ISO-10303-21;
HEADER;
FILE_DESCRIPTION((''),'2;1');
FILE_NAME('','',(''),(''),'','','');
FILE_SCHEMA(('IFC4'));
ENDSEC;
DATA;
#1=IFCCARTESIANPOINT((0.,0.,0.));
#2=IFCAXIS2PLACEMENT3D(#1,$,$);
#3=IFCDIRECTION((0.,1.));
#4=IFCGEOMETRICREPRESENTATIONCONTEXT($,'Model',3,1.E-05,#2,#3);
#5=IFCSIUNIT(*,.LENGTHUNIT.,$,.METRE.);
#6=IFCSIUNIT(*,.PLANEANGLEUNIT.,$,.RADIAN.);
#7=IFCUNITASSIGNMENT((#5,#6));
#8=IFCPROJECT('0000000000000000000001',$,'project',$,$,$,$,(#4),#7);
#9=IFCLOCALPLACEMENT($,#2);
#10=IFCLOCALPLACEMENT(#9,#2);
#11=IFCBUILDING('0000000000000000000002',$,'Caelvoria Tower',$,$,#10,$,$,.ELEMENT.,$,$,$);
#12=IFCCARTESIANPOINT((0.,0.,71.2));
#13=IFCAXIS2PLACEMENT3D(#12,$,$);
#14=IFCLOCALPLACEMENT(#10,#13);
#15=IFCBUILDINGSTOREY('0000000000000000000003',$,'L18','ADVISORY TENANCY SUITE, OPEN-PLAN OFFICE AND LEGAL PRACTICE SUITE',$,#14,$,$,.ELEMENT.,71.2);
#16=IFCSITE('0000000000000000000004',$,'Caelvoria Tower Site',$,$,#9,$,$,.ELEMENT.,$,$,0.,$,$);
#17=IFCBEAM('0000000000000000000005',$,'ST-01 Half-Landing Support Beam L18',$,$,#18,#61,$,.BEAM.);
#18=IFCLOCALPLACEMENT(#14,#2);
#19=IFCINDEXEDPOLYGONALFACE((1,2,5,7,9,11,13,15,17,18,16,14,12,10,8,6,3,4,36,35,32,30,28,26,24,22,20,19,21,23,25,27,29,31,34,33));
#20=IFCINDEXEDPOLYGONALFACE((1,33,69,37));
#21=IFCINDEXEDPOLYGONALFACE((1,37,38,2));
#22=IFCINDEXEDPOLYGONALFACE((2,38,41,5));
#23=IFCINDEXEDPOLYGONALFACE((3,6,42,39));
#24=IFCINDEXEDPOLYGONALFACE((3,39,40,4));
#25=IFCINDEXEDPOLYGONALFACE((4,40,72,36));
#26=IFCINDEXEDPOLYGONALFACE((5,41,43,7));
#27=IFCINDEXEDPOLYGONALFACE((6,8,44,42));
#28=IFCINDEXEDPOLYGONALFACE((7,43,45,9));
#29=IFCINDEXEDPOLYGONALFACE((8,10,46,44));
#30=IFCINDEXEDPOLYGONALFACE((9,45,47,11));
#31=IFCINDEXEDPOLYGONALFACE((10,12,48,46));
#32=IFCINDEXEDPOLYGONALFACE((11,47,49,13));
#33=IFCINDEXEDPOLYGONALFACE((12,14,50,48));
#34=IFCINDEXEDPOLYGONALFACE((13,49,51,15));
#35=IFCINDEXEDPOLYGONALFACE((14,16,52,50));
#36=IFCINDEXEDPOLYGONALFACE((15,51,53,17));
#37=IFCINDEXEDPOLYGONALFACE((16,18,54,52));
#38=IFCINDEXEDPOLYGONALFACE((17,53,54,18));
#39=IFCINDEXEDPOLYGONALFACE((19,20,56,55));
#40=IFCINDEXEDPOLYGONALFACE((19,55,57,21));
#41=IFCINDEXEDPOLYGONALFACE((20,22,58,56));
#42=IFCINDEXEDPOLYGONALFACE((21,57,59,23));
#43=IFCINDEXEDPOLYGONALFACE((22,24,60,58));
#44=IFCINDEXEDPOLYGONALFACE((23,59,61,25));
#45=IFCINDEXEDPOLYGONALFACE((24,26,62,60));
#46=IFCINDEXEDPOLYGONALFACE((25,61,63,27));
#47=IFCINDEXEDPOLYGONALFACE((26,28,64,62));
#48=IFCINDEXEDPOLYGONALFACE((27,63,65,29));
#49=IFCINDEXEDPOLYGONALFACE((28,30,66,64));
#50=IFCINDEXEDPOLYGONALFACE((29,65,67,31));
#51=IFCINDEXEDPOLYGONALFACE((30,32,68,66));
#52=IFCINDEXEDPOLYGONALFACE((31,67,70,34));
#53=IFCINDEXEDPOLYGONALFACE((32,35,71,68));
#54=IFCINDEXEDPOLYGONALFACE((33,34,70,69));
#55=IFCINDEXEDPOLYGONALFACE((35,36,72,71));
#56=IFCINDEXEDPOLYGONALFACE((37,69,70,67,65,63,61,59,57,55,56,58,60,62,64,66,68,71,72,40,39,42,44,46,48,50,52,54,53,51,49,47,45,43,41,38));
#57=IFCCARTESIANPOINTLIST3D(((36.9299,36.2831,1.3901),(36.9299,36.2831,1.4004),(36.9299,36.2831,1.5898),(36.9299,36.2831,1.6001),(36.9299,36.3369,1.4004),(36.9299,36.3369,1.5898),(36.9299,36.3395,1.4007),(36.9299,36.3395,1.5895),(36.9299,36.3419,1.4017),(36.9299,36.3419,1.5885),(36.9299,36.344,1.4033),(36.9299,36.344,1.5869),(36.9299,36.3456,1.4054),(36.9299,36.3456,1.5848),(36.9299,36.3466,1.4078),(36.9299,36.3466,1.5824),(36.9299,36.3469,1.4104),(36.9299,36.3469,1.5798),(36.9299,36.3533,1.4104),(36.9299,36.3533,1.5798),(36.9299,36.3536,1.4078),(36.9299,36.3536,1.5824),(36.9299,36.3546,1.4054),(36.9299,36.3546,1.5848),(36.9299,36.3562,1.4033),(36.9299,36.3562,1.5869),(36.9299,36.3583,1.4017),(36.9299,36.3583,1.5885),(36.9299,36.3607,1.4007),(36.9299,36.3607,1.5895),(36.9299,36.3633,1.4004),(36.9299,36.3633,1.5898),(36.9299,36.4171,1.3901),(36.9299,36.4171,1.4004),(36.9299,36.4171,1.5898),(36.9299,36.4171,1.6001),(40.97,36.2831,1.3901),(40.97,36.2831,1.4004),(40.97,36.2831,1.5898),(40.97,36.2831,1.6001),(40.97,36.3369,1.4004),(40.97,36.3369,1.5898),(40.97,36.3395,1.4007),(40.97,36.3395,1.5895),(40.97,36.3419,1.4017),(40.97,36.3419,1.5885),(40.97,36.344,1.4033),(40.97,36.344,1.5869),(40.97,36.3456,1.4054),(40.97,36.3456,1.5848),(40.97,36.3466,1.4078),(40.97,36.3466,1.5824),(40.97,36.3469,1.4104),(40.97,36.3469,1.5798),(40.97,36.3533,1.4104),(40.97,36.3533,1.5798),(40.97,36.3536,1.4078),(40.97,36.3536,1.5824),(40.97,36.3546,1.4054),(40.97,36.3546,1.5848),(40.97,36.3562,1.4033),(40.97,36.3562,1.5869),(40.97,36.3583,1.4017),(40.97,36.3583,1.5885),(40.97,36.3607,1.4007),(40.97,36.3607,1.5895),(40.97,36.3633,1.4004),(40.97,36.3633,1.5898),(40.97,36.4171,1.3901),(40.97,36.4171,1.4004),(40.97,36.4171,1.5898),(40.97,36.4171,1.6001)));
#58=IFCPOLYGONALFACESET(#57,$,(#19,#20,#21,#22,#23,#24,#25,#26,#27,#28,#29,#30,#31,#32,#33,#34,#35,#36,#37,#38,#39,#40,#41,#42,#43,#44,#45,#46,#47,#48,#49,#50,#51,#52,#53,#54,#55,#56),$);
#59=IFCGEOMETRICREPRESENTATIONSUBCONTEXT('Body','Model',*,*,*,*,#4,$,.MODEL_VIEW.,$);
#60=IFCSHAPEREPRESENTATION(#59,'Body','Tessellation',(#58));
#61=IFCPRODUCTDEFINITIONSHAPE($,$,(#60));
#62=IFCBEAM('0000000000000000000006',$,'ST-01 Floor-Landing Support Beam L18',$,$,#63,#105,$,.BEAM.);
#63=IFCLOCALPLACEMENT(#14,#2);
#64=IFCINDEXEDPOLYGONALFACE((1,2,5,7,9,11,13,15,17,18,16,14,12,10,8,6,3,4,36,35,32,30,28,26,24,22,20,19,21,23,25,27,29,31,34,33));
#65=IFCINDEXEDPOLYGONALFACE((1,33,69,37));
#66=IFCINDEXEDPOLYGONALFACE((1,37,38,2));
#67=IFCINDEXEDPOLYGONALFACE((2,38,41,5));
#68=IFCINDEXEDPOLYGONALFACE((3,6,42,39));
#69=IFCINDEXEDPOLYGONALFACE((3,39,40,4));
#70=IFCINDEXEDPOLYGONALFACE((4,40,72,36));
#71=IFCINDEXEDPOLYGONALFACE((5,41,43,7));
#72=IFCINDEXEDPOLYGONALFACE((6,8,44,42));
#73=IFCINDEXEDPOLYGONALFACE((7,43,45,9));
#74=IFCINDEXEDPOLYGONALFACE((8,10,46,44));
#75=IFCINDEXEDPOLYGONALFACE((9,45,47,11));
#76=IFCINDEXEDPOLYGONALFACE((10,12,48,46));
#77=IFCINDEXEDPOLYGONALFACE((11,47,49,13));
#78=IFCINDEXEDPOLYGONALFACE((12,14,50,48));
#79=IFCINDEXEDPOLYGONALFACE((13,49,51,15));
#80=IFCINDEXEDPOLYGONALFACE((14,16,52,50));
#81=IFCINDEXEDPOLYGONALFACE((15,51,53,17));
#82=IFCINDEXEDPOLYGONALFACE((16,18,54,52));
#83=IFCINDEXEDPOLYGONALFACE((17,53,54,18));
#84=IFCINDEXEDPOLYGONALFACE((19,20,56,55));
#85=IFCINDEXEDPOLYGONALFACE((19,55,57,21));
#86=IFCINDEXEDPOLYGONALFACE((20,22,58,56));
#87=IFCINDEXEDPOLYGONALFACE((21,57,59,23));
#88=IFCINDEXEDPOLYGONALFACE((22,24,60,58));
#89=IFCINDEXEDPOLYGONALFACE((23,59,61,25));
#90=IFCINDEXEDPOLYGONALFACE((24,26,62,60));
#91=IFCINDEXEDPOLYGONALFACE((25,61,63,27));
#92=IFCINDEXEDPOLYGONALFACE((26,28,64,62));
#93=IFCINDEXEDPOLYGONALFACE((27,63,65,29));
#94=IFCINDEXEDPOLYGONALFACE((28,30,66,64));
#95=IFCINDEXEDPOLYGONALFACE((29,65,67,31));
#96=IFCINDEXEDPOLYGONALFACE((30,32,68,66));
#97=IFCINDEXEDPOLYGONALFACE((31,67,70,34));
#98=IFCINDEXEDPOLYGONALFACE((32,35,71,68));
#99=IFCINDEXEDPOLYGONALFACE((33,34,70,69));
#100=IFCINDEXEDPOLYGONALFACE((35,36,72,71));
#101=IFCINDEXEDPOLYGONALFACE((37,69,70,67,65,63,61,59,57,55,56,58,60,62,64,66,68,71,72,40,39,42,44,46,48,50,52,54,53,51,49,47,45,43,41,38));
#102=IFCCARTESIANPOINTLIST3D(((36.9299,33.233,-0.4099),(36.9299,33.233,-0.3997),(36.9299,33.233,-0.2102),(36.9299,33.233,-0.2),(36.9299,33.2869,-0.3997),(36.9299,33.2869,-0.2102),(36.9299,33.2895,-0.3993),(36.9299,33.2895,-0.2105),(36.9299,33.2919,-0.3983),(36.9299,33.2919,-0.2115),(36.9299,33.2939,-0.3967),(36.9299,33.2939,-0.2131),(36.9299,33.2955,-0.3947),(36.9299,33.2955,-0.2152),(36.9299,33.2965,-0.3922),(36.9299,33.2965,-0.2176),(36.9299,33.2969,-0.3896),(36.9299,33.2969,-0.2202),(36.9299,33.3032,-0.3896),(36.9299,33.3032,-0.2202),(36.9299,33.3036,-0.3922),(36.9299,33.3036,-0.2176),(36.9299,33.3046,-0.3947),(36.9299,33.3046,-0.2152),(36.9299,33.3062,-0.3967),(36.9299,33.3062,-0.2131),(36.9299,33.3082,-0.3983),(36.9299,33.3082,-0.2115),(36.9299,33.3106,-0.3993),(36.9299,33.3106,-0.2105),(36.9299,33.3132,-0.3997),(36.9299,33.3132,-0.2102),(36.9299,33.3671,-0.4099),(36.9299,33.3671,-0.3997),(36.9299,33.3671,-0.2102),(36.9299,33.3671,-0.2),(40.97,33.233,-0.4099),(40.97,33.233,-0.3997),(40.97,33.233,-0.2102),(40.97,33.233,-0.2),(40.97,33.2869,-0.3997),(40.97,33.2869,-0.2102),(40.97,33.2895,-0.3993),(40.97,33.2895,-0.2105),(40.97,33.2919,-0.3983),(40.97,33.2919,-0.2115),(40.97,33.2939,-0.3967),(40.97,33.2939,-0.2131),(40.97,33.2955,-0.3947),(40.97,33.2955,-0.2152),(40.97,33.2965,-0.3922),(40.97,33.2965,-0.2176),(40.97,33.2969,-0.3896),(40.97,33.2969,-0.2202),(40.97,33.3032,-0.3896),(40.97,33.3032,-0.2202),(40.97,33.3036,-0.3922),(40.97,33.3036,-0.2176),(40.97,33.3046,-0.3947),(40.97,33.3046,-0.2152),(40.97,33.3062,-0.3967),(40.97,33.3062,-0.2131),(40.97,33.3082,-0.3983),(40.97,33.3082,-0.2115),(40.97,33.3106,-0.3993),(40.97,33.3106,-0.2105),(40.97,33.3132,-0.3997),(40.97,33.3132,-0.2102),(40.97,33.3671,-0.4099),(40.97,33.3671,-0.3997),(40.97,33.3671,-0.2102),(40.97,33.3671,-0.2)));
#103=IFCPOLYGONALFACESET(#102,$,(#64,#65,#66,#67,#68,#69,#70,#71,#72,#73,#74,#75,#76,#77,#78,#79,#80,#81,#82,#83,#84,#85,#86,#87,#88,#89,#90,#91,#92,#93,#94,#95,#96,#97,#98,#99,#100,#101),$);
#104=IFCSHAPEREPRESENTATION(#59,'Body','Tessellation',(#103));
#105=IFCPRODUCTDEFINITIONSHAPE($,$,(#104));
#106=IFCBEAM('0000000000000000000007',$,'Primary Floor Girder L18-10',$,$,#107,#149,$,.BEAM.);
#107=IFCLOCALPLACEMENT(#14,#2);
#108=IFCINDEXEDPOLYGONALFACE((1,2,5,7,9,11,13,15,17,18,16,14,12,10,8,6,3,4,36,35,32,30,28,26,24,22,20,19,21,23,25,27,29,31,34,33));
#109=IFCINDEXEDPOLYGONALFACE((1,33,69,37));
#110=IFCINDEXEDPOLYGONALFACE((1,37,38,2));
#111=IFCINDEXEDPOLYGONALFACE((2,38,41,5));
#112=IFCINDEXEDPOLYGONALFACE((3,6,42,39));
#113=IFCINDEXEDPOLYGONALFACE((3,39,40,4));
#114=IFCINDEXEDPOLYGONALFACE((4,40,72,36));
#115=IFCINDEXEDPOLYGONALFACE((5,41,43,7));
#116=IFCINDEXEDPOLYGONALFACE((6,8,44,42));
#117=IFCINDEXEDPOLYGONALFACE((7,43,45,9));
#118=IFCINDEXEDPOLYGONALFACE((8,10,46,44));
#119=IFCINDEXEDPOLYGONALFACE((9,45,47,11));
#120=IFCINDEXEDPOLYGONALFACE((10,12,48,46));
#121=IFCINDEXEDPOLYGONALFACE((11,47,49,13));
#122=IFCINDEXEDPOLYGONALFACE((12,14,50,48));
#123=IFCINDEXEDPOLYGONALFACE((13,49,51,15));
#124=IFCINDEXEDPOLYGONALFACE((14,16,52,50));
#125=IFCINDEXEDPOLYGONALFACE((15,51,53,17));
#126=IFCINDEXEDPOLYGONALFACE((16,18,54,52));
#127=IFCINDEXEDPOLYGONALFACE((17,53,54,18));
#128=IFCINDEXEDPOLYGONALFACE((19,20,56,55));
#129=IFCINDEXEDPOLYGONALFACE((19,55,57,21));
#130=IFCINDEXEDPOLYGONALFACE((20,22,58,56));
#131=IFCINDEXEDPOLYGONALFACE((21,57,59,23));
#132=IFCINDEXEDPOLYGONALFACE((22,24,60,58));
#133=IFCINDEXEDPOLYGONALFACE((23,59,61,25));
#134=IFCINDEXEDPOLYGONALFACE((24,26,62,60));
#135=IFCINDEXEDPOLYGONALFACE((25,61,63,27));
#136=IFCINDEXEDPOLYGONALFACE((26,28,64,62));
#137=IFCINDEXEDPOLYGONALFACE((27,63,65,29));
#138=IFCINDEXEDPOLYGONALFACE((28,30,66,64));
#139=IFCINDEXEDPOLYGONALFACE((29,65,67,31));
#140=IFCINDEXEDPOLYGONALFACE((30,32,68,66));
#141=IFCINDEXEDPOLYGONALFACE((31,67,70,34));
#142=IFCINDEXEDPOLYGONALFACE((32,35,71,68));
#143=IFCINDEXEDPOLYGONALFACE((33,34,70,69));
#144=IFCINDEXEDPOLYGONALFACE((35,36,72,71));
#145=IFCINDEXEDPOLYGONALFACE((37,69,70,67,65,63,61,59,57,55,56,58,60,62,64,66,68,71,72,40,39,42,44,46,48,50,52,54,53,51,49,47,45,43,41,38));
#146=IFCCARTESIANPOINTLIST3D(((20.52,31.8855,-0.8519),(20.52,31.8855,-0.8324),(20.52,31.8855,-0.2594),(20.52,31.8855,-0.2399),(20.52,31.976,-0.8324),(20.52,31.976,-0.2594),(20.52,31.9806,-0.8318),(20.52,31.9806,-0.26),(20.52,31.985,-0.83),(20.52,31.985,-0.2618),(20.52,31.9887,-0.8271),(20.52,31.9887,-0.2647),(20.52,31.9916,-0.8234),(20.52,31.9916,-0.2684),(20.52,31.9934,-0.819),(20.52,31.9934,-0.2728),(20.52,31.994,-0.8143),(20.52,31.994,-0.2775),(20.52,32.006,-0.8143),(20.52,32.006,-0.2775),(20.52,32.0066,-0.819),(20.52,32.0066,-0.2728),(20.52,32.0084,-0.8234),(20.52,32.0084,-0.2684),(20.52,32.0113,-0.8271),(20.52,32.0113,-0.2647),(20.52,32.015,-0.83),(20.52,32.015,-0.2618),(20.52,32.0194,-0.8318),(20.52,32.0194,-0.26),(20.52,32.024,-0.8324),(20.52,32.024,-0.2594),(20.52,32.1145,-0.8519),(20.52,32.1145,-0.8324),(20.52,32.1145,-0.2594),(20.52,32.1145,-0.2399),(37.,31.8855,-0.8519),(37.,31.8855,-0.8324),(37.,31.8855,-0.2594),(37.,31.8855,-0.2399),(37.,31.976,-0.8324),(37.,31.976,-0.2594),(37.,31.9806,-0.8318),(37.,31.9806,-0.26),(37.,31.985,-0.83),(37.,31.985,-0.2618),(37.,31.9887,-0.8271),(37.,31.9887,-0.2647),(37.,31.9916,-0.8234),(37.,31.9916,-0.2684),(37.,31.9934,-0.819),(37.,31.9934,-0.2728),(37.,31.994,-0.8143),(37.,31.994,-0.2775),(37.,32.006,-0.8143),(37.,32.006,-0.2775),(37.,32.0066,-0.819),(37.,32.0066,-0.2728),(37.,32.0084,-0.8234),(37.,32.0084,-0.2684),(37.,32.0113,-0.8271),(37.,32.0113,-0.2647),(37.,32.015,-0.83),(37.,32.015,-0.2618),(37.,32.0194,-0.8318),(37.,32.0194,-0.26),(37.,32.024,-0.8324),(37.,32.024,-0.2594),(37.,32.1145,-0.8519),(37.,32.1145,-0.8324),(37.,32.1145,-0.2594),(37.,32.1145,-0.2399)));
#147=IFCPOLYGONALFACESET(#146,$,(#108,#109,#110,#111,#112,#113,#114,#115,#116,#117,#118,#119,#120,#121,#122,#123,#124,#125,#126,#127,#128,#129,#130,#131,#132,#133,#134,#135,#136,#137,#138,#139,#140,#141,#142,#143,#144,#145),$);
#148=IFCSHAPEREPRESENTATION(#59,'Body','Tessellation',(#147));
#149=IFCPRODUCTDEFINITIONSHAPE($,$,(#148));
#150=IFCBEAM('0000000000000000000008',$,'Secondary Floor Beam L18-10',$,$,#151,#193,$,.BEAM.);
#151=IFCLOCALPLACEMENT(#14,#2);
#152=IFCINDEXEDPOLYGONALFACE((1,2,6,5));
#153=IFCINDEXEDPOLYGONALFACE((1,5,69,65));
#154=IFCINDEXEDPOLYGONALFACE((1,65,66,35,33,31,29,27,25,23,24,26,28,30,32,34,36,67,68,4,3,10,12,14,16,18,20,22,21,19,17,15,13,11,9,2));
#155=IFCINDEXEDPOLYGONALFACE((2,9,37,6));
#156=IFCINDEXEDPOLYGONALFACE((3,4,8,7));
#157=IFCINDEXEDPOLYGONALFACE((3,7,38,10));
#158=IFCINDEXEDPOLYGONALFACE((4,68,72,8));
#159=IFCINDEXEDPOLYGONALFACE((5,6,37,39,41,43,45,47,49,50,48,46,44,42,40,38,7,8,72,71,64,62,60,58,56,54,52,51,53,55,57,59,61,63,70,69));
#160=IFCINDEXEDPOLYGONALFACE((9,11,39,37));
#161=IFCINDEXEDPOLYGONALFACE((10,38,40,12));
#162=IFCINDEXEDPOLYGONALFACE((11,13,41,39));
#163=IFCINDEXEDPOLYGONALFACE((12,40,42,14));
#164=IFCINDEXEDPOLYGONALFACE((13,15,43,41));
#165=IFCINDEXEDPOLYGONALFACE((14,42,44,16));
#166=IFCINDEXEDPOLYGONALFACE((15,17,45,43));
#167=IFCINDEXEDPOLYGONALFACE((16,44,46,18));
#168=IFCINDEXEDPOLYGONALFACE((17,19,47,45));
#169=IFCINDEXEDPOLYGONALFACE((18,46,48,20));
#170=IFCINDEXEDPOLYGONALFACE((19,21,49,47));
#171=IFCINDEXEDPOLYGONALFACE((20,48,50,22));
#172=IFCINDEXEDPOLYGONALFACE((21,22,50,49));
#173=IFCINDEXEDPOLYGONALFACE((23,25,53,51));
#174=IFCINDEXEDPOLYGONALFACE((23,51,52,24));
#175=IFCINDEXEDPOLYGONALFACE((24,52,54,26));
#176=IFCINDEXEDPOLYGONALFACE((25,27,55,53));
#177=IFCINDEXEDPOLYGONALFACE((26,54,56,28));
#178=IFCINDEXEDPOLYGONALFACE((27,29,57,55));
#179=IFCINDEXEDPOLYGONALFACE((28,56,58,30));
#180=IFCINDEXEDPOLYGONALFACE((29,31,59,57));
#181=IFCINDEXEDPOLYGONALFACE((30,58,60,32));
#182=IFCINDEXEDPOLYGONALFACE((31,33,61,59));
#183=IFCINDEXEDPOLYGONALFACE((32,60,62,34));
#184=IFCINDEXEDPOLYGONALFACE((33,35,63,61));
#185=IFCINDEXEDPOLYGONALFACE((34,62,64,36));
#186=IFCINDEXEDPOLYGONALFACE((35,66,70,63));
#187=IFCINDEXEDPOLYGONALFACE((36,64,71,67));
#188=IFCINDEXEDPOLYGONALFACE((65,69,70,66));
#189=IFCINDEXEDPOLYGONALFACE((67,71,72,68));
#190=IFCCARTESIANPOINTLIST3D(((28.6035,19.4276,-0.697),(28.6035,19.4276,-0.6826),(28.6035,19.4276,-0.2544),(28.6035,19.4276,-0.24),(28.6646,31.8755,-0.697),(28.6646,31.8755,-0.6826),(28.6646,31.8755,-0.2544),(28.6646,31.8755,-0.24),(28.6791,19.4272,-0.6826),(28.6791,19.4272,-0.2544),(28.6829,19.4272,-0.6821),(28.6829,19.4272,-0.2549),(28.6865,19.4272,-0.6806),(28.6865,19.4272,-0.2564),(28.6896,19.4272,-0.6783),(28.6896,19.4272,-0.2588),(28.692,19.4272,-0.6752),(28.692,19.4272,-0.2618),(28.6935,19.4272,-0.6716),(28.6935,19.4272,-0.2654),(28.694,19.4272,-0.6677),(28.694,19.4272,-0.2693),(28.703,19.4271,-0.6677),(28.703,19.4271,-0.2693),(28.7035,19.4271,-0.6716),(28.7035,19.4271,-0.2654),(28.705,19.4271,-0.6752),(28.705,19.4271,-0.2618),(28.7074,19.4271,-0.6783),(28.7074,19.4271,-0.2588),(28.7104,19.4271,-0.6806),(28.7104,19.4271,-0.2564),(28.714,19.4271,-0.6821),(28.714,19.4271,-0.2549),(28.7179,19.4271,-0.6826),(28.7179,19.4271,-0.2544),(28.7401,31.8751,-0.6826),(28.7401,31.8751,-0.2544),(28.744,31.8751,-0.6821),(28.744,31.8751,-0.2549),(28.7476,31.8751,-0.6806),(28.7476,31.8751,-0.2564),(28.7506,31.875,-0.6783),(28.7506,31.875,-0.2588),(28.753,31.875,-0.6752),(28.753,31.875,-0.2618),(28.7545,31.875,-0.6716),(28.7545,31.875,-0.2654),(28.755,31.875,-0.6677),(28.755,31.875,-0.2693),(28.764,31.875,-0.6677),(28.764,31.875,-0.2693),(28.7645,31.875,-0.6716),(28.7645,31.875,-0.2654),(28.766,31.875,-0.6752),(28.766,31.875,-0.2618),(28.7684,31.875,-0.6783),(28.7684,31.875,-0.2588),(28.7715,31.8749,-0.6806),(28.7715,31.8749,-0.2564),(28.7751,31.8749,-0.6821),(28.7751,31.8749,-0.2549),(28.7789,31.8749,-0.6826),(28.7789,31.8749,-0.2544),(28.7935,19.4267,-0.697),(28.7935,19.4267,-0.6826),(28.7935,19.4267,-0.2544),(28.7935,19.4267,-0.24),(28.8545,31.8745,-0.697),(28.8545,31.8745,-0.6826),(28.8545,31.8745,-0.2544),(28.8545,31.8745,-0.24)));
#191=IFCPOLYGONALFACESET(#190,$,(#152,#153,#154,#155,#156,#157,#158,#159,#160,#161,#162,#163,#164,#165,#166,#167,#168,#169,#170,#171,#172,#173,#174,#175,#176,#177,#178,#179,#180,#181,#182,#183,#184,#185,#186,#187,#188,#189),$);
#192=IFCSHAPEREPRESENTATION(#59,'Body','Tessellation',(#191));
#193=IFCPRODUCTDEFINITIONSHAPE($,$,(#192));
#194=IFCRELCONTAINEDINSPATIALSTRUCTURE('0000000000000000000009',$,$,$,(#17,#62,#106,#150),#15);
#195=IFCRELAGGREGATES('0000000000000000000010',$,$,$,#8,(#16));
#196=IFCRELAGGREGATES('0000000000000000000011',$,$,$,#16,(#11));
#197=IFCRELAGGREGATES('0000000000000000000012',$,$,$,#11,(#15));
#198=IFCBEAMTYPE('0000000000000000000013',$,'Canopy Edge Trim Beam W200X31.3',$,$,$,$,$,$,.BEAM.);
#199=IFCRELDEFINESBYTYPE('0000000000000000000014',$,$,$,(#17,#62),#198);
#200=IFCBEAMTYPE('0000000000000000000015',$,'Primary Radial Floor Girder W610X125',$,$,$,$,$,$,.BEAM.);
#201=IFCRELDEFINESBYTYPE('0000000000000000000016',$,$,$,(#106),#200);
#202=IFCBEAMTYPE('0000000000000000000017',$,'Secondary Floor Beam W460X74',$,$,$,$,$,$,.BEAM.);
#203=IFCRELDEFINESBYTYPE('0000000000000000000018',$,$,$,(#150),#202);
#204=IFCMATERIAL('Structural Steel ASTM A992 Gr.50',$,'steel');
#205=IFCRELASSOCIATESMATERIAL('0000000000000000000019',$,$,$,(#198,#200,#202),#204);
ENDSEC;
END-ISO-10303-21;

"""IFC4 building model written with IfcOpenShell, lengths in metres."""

from ifc_helpers import new_model, si_unit, direction, frame, origin, origin_2d, place, context, subcontext, project, spatial, i_section, extrude, material, material_profile, profile_set, type_object, element, save


model = new_model("IFC4")

# Units and contexts
model_context = context("Model", 3, precision=1e-05, world=origin(), true_north=direction((0.0, 1.0)))
body_context = subcontext(model_context, "Body", "Model", "MODEL_VIEW")
ifc_project = project(units=[si_unit("LENGTHUNIT", "METRE"), si_unit("PLANEANGLEUNIT", "RADIAN")], contexts=[model_context])

# Site, building, storey
site_placement = place(None, origin())
site = spatial("IfcSite", under=ifc_project, at=site_placement, Name="Caelvoria Tower Site", CompositionType="ELEMENT", RefElevation=0.0)
building_placement = place(site_placement, origin())
building = spatial("IfcBuilding", under=site, at=building_placement, Name="Caelvoria Tower", CompositionType="ELEMENT")
storey_placement = place(building_placement, frame((0.0, 0.0, 71.2)))
storey = spatial("IfcBuildingStorey", under=building, at=storey_placement, Name="L18", Description="ADVISORY TENANCY SUITE, OPEN-PLAN OFFICE AND LEGAL PRACTICE SUITE", CompositionType="ELEMENT", Elevation=71.2)

# Beams
ifc_material_1 = material(Name="Structural Steel ASTM A992 Gr.50", Category="steel")
ifc_material_profile_1 = material_profile(ifc_material_1, i_section(OverallWidth=0.134, OverallDepth=0.21, WebThickness=0.0063, FlangeThickness=0.0103, FilletRadius=0.01, at=origin_2d()), Name="Structural Steel ASTM A992 Gr.50")
ifc_profile_set_1 = profile_set([ifc_material_profile_1], Name="W200X31.3 - Structural Steel ASTM A992 Gr.50")
beam_type_1 = type_object("IfcBeamType", Name="Canopy Edge Trim Beam W200X31.3", PredefinedType="BEAM", material=ifc_profile_set_1)
for number, where, z_axis, x_axis, name in (
    (1, (36.9299, 36.3501, 1.4951), (1.0, 0.0, 0.0), (0.0, 1.0, 0.0), "ST-01 Half-Landing Support Beam L18"),
    (2, (36.9299, 33.3, -0.3049), (1.0, 0.0, 0.0), (0.0, 1.0, 0.0), "ST-01 Floor-Landing Support Beam L18"),
):
    element("IfcBeam", number, at=place(storey_placement, frame(where, z_axis=z_axis, x_axis=x_axis)), inside=storey, type_object=beam_type_1, Name=name, PredefinedType="BEAM", context=body_context, shape_type="SweptSolid", body=[
        extrude(i_section(OverallWidth=0.134, OverallDepth=0.21, WebThickness=0.0063, FlangeThickness=0.0103, FilletRadius=0.01, at=origin_2d()), origin(), (0.0, 0.0, 1.0), 4.04),
    ])
ifc_material_profile_2 = material_profile(ifc_material_1, i_section(OverallWidth=0.229, OverallDepth=0.6121, WebThickness=0.012, FlangeThickness=0.0195, FilletRadius=0.0181, at=origin_2d()), Name="Structural Steel ASTM A992 Gr.50")
ifc_profile_set_2 = profile_set([ifc_material_profile_2], Name="W610X125 - Structural Steel ASTM A992 Gr.50")
beam_type_2 = type_object("IfcBeamType", Name="Primary Radial Floor Girder W610X125", PredefinedType="BEAM", material=ifc_profile_set_2)
beam_1_placement = place(storey_placement, frame((37.0, 32.0, -0.5459), z_axis=(-1.0, 0.0, 0.0), x_axis=(0.0, -1.0, 0.0)))
element("IfcBeam", 3, at=beam_1_placement, inside=storey, type_object=beam_type_2, Name="Primary Floor Girder L18-10", PredefinedType="BEAM", context=body_context, shape_type="SweptSolid", body=[
    extrude(i_section(OverallWidth=0.229, OverallDepth=0.6121, WebThickness=0.012, FlangeThickness=0.0195, FilletRadius=0.0181, at=origin_2d()), origin(), (0.0, 0.0, 1.0), 16.48),
])
ifc_material_profile_3 = material_profile(ifc_material_1, i_section(OverallWidth=0.1899, OverallDepth=0.457, WebThickness=0.009, FlangeThickness=0.0144, FilletRadius=0.0149, at=origin_2d()), Name="Structural Steel ASTM A992 Gr.50")
ifc_profile_set_3 = profile_set([ifc_material_profile_3], Name="W460X74 - Structural Steel ASTM A992 Gr.50")
beam_type_3 = type_object("IfcBeamType", Name="Secondary Floor Beam W460X74", PredefinedType="BEAM", material=ifc_profile_set_3)
beam_2_placement = place(storey_placement, frame((28.7595, 31.875, -0.4685), z_axis=(-0.004903, -0.999988, 0.0), x_axis=(0.999988, -0.004903, 0.0)))
element("IfcBeam", 4, at=beam_2_placement, inside=storey, type_object=beam_type_3, Name="Secondary Floor Beam L18-10", PredefinedType="BEAM", context=body_context, shape_type="SweptSolid", body=[
    extrude(i_section(OverallWidth=0.1899, OverallDepth=0.457, WebThickness=0.009, FlangeThickness=0.0144, FilletRadius=0.0149, at=origin_2d()), origin(), (0.0, 0.0, 1.0), 12.448),
])

save(model, "model.ifc")
